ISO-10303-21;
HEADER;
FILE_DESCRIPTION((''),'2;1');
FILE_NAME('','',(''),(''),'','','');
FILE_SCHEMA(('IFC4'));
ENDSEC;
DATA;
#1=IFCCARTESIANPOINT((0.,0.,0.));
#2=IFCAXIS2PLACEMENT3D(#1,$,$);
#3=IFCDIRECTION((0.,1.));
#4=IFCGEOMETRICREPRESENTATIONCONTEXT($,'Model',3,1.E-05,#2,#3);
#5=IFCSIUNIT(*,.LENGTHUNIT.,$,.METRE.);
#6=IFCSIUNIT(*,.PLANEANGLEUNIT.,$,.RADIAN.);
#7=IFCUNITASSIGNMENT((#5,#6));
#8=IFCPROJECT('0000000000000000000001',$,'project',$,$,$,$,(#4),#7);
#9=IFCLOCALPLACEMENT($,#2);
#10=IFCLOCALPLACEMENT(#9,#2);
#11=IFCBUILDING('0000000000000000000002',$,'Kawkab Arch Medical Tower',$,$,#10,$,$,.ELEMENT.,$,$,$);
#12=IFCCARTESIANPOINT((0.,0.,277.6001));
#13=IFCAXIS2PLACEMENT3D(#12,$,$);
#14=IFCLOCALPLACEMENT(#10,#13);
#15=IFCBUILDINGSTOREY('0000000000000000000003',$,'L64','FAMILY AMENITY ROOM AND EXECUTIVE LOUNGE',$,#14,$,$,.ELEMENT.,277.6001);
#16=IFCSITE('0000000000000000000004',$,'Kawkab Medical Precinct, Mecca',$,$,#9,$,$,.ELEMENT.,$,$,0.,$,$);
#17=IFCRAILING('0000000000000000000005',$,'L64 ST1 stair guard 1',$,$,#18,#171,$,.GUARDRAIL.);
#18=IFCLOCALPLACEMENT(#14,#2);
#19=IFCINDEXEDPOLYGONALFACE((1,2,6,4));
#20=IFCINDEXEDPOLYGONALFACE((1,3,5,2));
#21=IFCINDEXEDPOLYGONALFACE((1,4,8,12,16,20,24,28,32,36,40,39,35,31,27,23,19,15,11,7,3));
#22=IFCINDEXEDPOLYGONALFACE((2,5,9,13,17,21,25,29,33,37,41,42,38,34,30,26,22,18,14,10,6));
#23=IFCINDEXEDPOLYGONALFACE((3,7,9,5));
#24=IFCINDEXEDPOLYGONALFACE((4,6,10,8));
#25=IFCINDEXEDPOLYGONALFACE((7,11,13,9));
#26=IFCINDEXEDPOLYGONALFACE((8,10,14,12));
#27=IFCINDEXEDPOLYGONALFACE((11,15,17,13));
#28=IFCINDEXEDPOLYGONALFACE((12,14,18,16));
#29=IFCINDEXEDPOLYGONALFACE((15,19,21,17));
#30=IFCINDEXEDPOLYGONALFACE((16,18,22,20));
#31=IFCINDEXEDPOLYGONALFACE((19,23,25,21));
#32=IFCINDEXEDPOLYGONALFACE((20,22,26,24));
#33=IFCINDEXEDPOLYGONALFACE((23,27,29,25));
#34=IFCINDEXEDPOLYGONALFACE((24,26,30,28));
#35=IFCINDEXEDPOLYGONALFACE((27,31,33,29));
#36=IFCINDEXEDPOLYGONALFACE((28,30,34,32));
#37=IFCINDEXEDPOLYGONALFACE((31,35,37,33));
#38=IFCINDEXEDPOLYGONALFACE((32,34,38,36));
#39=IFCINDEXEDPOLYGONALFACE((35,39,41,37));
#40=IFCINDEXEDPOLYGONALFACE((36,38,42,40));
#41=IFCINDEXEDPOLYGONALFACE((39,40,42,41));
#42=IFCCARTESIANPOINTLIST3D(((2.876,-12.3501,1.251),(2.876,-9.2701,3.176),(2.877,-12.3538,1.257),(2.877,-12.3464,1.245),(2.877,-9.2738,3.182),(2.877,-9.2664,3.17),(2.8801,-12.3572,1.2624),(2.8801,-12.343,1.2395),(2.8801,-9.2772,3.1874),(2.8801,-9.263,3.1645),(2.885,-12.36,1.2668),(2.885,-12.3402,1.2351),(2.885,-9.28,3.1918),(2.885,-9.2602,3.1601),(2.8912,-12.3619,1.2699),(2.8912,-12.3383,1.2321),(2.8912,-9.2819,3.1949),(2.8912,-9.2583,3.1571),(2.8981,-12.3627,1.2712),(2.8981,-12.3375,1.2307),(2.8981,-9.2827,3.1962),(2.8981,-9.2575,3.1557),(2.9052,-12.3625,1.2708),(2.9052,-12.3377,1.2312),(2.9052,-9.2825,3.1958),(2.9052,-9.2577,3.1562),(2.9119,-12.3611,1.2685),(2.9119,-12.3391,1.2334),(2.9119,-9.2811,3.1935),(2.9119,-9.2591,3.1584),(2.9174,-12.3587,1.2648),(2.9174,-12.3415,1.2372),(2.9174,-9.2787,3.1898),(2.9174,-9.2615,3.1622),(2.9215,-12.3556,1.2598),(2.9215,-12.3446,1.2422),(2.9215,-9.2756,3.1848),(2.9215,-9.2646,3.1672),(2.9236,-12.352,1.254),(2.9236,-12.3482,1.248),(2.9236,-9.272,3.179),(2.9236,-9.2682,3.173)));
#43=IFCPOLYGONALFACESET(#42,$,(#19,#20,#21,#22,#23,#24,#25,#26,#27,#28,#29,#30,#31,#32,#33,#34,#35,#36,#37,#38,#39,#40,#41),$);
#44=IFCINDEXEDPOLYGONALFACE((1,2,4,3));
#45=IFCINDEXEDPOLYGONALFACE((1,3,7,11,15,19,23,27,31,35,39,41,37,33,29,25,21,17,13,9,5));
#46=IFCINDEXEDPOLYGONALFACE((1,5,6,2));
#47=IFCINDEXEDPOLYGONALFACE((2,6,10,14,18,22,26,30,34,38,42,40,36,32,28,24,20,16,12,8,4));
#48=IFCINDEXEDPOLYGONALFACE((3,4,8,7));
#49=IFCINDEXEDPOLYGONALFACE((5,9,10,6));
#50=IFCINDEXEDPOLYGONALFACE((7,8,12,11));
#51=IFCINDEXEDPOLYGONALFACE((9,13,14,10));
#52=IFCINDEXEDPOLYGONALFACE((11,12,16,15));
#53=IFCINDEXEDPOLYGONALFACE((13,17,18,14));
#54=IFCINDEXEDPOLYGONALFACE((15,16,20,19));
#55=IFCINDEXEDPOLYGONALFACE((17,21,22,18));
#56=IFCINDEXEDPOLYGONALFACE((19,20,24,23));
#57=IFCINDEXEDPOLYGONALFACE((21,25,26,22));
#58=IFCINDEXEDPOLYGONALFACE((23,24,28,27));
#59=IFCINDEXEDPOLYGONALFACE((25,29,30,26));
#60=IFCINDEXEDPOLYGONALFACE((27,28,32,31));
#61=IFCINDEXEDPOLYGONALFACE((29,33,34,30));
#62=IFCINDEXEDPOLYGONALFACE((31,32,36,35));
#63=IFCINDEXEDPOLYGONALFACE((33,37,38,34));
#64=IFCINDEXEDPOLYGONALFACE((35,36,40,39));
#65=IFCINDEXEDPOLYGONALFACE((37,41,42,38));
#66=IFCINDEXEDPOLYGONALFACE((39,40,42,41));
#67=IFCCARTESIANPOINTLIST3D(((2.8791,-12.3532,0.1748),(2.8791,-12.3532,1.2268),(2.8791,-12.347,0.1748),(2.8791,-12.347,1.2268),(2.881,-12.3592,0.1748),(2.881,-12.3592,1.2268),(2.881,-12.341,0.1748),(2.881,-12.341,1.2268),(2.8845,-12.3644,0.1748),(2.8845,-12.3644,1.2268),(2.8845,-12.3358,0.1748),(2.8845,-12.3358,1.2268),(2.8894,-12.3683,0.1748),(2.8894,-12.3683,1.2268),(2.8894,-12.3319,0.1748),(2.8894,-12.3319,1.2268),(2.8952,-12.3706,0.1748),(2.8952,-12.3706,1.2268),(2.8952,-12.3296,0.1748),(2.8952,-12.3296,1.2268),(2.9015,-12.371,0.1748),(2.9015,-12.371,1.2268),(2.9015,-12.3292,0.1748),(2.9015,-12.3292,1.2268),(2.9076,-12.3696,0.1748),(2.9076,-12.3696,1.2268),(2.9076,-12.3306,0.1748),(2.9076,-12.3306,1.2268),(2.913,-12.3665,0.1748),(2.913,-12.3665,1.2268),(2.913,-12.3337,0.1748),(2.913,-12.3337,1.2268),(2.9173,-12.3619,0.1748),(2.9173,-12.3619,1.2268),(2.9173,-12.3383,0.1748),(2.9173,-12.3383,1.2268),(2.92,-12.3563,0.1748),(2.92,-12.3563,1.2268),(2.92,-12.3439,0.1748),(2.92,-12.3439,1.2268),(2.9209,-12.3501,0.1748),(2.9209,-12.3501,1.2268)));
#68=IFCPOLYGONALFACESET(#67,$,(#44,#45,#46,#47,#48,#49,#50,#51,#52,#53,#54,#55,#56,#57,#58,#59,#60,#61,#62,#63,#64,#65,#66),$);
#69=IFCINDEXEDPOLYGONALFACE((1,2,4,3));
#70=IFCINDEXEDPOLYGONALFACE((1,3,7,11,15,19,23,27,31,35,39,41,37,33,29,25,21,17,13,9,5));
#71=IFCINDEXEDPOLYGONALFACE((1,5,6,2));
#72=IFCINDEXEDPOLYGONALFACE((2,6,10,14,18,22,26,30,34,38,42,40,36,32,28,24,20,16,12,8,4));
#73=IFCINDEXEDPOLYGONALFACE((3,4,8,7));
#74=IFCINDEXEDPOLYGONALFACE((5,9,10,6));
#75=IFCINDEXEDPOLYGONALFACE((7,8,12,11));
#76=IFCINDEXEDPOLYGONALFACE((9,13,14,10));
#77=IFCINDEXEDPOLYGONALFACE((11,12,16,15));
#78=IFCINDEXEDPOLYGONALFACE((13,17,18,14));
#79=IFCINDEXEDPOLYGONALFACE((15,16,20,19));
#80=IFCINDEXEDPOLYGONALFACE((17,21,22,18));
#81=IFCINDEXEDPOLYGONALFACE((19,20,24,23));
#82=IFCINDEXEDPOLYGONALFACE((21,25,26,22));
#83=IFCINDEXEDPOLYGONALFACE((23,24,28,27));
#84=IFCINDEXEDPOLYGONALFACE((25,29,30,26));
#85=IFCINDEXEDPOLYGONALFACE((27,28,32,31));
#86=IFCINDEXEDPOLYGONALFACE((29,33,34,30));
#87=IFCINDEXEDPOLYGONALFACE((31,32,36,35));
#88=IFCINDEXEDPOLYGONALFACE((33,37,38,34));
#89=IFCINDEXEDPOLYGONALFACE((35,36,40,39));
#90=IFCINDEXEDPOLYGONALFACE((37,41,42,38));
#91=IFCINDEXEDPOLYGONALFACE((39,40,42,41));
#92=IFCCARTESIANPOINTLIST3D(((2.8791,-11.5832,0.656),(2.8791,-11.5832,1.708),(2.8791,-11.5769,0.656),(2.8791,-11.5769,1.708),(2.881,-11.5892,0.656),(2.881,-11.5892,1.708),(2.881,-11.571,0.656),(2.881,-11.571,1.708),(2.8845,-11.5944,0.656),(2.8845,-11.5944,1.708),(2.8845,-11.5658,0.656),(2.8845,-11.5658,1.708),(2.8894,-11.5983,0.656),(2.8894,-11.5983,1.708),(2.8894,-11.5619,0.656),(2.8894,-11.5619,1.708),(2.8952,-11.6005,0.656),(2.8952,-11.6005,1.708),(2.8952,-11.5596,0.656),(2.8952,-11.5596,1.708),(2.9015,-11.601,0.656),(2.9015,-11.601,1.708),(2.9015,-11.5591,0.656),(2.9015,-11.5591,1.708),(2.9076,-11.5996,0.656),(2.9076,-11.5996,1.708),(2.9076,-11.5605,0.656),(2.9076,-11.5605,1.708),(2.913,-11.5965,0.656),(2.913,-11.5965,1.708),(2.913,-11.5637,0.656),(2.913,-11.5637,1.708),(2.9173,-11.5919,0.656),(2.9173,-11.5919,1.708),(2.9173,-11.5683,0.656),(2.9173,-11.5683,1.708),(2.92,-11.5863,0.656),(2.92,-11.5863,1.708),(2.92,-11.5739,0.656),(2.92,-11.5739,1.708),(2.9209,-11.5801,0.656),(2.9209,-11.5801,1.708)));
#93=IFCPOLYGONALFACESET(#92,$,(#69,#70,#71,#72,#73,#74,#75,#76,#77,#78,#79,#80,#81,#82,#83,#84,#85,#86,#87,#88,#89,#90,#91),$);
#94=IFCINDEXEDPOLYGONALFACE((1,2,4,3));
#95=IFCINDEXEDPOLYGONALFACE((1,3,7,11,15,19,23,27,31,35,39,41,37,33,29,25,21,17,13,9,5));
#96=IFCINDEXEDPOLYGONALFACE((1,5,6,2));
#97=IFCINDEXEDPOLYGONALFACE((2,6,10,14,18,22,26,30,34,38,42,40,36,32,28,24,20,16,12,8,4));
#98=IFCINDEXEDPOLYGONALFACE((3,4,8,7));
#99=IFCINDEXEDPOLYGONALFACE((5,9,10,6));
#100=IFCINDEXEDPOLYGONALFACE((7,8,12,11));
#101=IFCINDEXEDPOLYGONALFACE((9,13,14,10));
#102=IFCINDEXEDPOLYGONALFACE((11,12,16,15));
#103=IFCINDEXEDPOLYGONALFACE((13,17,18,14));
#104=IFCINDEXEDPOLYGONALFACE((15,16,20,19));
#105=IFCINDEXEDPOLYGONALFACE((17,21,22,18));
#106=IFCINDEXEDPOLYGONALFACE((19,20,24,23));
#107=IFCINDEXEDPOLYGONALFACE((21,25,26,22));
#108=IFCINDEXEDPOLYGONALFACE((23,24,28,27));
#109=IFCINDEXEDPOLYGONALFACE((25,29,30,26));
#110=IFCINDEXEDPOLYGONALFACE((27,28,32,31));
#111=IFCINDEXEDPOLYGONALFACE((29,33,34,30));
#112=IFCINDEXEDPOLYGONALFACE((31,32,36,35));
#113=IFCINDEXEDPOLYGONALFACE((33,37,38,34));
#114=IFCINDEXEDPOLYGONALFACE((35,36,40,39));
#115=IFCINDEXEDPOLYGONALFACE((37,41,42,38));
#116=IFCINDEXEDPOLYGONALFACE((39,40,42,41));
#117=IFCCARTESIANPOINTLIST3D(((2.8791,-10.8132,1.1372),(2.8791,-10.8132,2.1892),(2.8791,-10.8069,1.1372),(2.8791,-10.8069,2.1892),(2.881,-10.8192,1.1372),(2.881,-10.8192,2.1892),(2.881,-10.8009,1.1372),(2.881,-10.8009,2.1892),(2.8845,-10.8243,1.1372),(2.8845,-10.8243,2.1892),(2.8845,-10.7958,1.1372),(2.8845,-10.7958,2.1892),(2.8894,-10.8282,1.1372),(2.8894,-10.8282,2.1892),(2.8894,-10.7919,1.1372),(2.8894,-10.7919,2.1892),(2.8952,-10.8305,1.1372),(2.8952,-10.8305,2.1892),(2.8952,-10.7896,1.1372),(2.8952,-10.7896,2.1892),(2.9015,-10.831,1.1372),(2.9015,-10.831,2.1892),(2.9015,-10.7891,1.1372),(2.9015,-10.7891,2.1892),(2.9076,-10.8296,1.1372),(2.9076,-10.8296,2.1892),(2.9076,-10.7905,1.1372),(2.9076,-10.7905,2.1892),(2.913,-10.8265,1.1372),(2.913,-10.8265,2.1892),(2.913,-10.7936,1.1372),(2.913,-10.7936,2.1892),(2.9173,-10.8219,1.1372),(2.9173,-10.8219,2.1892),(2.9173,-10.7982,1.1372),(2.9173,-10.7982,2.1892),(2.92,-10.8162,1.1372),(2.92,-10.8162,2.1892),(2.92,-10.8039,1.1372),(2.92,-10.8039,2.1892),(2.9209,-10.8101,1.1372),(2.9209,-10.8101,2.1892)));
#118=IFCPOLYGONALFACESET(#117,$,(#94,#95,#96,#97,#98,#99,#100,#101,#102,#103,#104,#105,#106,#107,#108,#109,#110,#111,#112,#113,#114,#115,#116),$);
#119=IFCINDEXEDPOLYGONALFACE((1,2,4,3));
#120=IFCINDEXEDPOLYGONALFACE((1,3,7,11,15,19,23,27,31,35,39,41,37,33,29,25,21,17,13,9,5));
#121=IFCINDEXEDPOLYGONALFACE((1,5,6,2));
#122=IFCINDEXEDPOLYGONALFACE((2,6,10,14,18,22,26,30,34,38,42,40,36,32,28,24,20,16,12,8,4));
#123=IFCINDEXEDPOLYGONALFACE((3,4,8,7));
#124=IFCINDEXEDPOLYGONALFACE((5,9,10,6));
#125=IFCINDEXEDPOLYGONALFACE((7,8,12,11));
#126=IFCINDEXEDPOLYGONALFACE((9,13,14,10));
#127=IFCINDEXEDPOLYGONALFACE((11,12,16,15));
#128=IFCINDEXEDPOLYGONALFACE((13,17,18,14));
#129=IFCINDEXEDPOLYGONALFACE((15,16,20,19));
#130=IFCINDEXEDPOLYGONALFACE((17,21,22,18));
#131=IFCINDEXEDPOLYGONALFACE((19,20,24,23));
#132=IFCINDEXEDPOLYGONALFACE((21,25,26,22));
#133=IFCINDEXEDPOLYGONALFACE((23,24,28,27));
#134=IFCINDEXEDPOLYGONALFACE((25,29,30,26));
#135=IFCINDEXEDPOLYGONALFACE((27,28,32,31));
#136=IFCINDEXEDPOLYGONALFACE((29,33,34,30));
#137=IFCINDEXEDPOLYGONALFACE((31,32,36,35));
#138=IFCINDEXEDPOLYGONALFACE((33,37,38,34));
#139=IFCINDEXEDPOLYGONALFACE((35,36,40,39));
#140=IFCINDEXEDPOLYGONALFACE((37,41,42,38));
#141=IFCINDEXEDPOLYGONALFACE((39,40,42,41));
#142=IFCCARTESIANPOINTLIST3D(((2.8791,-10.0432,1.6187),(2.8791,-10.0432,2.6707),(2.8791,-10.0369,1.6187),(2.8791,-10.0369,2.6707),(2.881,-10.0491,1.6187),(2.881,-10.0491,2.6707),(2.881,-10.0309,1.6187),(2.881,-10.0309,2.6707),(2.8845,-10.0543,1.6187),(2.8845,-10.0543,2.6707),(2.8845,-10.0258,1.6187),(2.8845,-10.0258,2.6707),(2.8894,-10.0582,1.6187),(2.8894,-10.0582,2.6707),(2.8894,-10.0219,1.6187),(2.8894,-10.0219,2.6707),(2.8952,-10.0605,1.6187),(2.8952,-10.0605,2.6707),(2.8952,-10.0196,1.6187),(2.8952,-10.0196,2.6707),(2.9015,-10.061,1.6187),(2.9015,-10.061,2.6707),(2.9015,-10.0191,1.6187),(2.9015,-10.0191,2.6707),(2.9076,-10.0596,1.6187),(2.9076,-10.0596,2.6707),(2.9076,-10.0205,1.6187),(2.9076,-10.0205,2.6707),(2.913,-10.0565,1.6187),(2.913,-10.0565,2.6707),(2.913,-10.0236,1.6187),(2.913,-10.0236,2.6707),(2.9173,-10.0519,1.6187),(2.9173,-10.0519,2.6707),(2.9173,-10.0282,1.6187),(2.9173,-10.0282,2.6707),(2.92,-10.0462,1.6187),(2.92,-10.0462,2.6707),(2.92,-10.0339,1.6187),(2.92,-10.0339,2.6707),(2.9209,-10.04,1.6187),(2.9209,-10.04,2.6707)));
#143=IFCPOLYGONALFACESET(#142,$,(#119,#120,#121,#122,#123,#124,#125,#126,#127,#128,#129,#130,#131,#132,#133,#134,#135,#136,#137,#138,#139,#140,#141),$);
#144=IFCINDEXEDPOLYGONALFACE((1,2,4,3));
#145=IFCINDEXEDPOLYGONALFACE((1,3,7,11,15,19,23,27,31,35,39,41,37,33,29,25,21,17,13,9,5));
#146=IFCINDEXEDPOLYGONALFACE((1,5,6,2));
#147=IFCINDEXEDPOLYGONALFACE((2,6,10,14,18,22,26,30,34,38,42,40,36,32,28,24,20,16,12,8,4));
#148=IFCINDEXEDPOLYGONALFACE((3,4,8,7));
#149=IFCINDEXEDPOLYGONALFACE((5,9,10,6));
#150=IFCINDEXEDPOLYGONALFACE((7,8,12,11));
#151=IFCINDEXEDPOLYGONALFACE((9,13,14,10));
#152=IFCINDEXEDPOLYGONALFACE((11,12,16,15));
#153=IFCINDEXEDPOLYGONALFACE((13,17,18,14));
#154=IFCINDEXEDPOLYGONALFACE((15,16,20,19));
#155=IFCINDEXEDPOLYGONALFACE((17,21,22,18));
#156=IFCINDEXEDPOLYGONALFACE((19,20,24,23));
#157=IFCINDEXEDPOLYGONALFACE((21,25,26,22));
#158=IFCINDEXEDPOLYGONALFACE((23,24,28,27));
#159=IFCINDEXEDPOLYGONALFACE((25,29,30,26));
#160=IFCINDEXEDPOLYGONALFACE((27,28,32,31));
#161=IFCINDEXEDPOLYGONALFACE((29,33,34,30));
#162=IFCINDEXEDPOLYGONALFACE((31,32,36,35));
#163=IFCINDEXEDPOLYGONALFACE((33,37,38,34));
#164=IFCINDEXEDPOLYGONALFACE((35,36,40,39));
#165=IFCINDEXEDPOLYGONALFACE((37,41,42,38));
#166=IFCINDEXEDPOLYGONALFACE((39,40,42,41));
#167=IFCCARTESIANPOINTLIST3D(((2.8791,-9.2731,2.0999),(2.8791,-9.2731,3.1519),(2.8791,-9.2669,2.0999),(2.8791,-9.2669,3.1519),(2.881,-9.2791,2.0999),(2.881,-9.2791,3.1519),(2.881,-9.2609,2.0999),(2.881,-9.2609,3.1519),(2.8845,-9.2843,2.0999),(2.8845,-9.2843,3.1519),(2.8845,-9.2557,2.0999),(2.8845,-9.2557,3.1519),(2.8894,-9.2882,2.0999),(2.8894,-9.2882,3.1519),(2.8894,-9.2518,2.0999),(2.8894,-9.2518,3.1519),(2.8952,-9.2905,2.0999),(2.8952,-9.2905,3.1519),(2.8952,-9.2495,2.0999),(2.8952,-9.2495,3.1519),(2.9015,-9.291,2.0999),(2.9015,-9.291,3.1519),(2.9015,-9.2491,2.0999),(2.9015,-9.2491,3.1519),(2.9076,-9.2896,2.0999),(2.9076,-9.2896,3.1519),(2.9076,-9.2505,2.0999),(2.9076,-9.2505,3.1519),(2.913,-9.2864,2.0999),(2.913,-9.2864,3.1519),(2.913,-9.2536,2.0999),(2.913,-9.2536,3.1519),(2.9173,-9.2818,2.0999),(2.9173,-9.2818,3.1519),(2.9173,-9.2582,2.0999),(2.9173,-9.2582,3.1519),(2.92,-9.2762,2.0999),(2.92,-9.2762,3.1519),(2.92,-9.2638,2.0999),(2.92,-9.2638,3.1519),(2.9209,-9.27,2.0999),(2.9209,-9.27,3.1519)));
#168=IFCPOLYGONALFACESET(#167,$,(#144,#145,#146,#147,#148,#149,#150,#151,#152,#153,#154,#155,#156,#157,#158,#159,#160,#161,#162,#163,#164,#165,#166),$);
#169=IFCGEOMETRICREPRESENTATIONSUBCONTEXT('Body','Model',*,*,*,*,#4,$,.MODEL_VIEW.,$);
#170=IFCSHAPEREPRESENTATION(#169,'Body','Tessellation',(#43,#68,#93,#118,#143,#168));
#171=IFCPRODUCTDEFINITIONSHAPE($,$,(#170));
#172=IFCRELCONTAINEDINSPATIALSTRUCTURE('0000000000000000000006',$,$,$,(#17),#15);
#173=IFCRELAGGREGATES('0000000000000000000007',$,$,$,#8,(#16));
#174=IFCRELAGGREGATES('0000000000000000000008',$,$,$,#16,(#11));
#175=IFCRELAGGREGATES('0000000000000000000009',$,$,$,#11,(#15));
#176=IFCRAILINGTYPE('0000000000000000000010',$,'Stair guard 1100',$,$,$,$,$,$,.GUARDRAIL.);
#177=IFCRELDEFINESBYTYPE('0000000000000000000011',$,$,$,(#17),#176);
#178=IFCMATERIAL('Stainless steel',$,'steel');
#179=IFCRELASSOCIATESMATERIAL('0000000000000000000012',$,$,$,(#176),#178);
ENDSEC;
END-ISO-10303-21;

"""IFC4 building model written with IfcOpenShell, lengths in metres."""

from ifc_helpers import new_model, si_unit, direction, frame, origin, origin_2d, place, context, subcontext, project, spatial, circle, extrude, material, type_object, element, save


model = new_model("IFC4")

# Units and contexts
model_context = context("Model", 3, precision=1e-05, world=origin(), true_north=direction((0.0, 1.0)))
body_context = subcontext(model_context, "Body", "Model", "MODEL_VIEW")
ifc_project = project(units=[si_unit("LENGTHUNIT", "METRE"), si_unit("PLANEANGLEUNIT", "RADIAN")], contexts=[model_context])

# Site, building, storey
site_placement = place(None, origin())
site = spatial("IfcSite", under=ifc_project, at=site_placement, Name="Kawkab Medical Precinct, Mecca", CompositionType="ELEMENT", RefElevation=0.0)
building_placement = place(site_placement, origin())
building = spatial("IfcBuilding", under=site, at=building_placement, Name="Kawkab Arch Medical Tower", CompositionType="ELEMENT")
storey_placement = place(building_placement, frame((0.0, 0.0, 277.6001)))
storey = spatial("IfcBuildingStorey", under=building, at=storey_placement, Name="L64", Description="FAMILY AMENITY ROOM AND EXECUTIVE LOUNGE", CompositionType="ELEMENT", Elevation=277.6001)

# Railing
ifc_material_1 = material(Name="Stainless steel", Category="steel")
railing_type = type_object("IfcRailingType", Name="Stair guard 1100", PredefinedType="GUARDRAIL", material=ifc_material_1)
railing_1_placement = place(storey_placement, frame((2.8999, -12.3501, 0.1748)))
element("IfcRailing", 1, at=railing_1_placement, inside=storey, type_object=railing_type, Name="L64 ST1 stair guard 1", PredefinedType="GUARDRAIL", context=body_context, shape_type="SweptSolid", body=[
    extrude(circle(Radius=0.0239, at=origin_2d()), frame((0.0, 0.0, 1.0762), z_axis=(0.0, 0.847998, 0.529999), x_axis=(-1.0, 0.0, 0.0)), (0.0, 0.0, 1.0), 3.6321),
    extrude(circle(Radius=0.021, at=origin_2d()), origin(), (0.0, 0.0, 1.0), 1.052),
    extrude(circle(Radius=0.021, at=origin_2d()), frame((0.0, 0.77, 0.4812)), (0.0, 0.0, 1.0), 1.052),
    extrude(circle(Radius=0.021, at=origin_2d()), frame((0.0, 1.54, 0.9624)), (0.0, 0.0, 1.0), 1.052),
    extrude(circle(Radius=0.021, at=origin_2d()), frame((0.0, 2.3101, 1.4438)), (0.0, 0.0, 1.0), 1.052),
    extrude(circle(Radius=0.021, at=origin_2d()), frame((0.0, 3.0801, 1.925)), (0.0, 0.0, 1.0), 1.052),
])

save(model, "model.ifc")
